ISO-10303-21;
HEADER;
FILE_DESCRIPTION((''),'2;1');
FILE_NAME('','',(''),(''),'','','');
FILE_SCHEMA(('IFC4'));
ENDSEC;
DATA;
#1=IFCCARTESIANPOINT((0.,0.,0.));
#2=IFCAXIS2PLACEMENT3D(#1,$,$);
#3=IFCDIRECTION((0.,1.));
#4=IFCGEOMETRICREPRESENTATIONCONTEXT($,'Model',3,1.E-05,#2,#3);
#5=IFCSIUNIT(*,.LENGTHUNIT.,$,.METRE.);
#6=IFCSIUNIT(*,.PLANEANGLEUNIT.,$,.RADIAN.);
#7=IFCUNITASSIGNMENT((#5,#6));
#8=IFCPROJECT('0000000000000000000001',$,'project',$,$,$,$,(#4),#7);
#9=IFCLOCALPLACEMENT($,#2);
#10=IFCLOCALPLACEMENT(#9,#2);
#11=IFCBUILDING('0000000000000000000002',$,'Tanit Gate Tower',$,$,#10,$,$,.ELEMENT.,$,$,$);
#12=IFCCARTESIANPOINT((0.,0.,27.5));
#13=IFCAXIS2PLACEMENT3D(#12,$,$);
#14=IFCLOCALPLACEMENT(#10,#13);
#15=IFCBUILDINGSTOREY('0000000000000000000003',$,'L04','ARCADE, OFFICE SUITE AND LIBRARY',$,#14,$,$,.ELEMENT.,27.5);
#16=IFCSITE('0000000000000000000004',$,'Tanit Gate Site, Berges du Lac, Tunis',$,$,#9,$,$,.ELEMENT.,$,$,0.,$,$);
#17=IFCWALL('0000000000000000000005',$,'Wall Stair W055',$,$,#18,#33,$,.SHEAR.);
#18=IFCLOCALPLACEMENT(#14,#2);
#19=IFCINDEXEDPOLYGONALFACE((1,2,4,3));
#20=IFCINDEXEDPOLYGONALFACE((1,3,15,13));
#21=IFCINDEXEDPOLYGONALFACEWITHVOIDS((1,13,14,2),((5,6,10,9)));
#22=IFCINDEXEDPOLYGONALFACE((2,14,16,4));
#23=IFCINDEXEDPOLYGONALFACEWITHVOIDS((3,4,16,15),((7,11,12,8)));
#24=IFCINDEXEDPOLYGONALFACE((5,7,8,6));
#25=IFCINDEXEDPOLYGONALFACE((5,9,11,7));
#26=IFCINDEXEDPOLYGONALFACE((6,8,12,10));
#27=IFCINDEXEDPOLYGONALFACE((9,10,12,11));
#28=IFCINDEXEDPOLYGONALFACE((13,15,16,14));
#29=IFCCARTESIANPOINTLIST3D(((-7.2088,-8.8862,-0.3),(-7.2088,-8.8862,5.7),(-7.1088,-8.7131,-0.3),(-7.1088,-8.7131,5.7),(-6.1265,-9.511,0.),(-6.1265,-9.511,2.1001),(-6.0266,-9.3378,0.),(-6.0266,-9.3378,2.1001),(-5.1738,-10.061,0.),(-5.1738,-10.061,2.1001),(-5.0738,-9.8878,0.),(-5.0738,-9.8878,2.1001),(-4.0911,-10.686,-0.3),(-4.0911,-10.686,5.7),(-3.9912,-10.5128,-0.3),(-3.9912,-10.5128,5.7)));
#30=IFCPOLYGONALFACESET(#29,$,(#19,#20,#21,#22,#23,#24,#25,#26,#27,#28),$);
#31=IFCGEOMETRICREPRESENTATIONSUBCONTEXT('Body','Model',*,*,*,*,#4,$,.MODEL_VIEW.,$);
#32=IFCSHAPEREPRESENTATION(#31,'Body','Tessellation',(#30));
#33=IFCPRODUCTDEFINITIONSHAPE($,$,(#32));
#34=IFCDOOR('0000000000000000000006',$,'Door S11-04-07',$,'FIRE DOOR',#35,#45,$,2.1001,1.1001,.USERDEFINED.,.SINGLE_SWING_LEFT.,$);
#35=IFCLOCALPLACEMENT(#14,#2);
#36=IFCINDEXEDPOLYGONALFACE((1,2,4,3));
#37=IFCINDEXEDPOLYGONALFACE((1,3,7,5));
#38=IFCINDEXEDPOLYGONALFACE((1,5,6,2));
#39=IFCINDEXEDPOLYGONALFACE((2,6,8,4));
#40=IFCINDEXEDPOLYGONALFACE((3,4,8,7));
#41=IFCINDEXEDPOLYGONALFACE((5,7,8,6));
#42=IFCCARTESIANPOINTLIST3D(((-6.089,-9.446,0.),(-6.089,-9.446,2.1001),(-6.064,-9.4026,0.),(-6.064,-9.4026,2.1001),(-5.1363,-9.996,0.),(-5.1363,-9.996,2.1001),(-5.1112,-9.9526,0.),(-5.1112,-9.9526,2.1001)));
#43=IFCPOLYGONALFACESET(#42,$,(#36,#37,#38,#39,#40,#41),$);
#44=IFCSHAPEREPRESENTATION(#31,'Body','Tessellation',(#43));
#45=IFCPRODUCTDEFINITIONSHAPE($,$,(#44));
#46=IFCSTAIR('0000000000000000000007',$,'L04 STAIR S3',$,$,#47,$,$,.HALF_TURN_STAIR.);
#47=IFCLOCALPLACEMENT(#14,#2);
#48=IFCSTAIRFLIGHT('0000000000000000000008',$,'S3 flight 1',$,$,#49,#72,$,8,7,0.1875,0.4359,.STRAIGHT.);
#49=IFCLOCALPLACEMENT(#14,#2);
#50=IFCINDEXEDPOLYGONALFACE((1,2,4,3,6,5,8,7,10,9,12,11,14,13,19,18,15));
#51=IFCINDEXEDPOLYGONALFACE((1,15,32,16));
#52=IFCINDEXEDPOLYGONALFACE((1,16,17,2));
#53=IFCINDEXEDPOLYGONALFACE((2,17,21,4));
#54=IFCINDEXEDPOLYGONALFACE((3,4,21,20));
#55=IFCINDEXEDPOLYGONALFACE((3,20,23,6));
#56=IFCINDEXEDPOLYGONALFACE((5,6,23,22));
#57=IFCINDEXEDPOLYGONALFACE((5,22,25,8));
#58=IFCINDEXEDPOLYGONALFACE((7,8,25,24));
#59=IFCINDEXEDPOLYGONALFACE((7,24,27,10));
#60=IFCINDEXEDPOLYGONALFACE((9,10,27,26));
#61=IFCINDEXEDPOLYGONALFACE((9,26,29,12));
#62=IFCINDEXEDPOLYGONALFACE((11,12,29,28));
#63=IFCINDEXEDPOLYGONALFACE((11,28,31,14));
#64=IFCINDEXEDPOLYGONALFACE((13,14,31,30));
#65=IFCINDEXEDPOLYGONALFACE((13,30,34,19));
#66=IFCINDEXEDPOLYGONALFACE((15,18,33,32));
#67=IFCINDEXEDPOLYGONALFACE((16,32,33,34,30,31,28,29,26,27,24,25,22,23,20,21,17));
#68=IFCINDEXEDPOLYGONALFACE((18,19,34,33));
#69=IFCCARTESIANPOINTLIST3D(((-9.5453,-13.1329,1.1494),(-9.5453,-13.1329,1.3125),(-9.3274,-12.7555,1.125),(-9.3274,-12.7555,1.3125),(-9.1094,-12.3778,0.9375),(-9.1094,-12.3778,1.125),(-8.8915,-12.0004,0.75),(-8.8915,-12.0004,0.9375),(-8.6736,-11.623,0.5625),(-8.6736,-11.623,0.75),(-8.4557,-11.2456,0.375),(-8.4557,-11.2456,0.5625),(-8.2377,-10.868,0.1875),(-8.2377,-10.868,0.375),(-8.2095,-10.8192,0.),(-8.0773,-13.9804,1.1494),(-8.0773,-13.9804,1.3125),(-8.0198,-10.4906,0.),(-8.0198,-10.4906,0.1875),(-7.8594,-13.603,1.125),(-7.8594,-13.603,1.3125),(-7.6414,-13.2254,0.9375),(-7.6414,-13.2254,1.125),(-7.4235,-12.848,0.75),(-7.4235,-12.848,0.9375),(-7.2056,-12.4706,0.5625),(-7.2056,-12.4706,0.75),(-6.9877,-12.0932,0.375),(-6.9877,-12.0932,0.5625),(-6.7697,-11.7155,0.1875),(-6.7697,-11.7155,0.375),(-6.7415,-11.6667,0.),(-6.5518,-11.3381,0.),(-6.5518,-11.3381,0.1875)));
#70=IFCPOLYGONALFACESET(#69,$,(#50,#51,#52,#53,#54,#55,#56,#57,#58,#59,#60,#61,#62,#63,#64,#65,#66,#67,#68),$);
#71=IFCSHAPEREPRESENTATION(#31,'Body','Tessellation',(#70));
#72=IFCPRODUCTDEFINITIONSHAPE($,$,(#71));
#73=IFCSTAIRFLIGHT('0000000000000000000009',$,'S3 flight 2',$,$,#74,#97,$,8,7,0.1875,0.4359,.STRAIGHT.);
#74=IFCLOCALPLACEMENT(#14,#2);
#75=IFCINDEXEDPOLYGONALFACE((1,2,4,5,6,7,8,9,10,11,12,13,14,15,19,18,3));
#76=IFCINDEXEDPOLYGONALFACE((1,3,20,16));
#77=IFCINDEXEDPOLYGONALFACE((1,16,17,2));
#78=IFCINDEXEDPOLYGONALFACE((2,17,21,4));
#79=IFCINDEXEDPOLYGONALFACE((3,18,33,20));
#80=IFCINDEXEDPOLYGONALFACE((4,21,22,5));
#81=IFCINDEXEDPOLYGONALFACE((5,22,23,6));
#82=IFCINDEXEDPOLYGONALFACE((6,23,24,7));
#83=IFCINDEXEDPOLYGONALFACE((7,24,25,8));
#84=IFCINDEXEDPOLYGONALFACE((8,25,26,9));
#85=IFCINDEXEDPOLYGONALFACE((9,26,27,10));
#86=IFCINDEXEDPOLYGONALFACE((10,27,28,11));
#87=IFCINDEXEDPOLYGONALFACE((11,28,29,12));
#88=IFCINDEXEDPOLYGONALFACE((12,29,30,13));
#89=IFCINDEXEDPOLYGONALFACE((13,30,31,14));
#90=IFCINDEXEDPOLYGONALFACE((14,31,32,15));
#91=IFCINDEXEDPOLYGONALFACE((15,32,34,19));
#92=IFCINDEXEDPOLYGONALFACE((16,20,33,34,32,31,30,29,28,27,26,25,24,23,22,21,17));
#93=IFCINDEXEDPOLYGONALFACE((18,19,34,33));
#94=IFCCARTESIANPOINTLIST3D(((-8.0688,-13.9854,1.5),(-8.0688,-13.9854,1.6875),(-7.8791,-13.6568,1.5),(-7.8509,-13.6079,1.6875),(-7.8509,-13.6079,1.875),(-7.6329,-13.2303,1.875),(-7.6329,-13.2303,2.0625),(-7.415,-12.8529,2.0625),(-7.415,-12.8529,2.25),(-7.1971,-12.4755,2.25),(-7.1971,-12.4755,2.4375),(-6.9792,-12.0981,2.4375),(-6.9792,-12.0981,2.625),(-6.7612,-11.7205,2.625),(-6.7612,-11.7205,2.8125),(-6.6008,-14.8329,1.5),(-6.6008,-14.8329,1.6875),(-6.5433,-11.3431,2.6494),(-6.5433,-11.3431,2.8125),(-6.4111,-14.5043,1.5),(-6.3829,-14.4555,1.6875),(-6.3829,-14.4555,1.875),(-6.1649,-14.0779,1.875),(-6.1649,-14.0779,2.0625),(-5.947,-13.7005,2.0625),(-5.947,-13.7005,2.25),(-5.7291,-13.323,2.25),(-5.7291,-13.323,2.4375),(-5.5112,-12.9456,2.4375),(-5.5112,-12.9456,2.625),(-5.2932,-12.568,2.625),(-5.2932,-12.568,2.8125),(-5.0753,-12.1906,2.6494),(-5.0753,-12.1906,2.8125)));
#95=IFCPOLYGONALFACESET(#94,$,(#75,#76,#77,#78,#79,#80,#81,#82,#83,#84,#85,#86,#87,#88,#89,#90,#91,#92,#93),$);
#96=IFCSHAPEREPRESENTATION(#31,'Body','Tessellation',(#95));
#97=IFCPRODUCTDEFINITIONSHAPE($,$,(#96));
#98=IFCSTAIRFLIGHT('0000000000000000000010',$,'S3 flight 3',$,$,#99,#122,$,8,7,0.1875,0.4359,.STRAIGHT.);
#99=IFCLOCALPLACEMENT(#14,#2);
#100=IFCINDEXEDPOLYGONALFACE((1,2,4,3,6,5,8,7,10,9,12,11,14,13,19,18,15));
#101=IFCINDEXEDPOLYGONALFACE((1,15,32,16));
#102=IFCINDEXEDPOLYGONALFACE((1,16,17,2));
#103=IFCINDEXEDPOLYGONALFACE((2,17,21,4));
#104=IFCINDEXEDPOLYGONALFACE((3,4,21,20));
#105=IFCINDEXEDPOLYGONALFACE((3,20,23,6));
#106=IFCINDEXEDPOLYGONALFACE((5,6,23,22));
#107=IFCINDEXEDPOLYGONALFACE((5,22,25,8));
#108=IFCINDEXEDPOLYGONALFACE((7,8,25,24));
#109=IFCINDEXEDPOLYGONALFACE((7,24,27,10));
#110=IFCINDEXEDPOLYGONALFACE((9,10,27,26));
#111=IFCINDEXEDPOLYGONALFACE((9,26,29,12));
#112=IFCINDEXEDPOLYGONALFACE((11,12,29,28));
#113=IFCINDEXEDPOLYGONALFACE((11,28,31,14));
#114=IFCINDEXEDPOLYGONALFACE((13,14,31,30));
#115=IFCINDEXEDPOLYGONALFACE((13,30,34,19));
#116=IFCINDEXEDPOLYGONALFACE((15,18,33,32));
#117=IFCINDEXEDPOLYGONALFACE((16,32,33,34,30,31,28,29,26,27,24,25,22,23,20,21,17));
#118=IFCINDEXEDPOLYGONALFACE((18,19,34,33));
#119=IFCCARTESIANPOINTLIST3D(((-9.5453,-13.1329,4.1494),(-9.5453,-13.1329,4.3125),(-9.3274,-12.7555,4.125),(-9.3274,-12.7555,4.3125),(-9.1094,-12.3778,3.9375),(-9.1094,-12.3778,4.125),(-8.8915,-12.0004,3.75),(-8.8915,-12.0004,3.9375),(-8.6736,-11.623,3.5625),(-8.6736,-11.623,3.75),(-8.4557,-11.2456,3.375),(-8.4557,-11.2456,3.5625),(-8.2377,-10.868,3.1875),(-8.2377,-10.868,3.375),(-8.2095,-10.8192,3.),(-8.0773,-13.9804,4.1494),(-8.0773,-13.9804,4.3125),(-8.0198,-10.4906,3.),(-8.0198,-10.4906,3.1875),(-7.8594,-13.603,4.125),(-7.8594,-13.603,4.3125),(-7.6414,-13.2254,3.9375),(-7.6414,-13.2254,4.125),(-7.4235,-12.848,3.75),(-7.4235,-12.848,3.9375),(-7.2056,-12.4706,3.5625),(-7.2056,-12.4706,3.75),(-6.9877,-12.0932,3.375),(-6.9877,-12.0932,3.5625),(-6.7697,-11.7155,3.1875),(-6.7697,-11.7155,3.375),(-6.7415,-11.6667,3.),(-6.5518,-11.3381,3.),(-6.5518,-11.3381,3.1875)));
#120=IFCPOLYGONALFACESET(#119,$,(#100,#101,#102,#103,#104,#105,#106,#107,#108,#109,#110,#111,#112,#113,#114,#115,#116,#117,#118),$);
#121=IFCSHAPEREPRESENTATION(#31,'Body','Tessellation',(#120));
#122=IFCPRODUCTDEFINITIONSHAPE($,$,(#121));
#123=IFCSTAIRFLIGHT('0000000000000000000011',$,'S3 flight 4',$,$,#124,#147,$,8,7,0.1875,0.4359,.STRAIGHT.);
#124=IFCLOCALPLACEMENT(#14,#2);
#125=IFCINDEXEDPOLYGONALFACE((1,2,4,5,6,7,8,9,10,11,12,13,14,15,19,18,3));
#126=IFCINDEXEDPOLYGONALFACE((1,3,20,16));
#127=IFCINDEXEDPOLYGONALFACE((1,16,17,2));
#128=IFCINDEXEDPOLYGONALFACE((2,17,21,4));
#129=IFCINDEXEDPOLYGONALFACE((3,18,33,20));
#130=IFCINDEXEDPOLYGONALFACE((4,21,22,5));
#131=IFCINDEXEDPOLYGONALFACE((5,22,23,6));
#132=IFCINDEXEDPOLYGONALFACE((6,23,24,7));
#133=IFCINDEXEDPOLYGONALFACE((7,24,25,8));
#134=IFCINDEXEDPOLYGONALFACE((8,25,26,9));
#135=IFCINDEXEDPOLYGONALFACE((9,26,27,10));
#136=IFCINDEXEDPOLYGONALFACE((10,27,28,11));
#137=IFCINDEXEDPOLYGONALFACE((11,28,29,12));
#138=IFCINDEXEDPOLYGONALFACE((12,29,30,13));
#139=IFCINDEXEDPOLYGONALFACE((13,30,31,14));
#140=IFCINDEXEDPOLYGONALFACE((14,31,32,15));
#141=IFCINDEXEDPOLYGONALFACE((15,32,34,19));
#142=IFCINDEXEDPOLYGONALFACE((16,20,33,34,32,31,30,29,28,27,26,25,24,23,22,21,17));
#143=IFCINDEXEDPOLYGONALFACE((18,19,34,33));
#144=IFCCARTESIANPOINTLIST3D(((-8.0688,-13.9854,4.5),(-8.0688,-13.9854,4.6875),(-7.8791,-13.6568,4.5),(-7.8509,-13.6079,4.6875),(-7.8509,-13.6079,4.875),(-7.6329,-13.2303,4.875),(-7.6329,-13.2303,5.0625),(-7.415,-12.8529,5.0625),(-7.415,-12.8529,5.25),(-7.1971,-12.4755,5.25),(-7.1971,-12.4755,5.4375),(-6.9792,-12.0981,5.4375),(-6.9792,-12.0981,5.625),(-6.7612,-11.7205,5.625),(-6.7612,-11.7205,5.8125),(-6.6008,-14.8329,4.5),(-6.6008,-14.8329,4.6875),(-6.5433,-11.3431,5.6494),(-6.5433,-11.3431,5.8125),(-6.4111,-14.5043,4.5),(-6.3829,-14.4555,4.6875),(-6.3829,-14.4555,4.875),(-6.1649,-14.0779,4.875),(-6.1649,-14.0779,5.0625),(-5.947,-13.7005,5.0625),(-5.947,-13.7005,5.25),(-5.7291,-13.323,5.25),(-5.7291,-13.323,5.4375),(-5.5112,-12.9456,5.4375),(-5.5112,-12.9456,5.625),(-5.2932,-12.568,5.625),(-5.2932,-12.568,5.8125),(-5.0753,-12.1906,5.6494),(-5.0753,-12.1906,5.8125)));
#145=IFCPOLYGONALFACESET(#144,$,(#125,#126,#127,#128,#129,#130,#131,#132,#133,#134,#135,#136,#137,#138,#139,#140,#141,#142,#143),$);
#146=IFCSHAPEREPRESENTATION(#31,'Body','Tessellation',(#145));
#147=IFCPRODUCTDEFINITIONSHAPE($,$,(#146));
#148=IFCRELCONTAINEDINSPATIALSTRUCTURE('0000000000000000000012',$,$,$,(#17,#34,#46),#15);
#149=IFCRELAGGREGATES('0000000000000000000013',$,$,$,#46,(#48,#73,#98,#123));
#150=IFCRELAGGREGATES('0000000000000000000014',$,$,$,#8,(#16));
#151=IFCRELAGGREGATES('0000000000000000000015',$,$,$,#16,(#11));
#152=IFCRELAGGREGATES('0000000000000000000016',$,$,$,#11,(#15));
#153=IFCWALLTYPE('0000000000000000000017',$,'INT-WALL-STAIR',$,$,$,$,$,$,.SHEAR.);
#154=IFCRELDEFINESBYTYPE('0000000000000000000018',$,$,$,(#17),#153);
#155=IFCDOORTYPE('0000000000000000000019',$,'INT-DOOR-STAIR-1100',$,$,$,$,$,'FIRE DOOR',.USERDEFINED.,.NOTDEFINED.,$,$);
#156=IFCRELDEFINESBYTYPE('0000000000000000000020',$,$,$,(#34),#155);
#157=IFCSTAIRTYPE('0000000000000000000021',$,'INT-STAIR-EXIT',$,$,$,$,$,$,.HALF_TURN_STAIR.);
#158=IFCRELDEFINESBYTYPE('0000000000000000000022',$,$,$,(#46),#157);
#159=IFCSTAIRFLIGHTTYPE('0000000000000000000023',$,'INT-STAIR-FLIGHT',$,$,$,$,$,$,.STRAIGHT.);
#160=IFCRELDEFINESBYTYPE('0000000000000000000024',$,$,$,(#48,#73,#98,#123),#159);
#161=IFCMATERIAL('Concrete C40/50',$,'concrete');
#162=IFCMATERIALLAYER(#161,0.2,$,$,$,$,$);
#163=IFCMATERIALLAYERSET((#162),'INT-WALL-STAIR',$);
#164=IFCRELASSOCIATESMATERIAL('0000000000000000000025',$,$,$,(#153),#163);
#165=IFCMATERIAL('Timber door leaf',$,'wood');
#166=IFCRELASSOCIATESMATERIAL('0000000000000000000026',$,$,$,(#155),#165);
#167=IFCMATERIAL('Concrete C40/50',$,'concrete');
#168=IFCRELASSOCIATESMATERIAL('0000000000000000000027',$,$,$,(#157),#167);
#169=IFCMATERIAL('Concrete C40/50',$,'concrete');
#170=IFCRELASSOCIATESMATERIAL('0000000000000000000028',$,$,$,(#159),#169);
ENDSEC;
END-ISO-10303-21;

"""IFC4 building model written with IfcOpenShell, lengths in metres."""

from ifc_helpers import new_model, si_unit, direction, frame, frame_2d, origin, place, context, subcontext, project, spatial, polyline, rectangle, outline, extrude, material, layer, layer_set, type_object, element, fill, aggregate, save


model = new_model("IFC4")

# Units and contexts
model_context = context("Model", 3, precision=1e-05, world=origin(), true_north=direction((0.0, 1.0)))
body_context = subcontext(model_context, "Body", "Model", "MODEL_VIEW")
ifc_project = project(units=[si_unit("LENGTHUNIT", "METRE"), si_unit("PLANEANGLEUNIT", "RADIAN")], contexts=[model_context])

# Site, building, storey
site_placement = place(None, origin())
site = spatial("IfcSite", under=ifc_project, at=site_placement, Name="Tanit Gate Site, Berges du Lac, Tunis", CompositionType="ELEMENT", RefElevation=0.0)
building_placement = place(site_placement, origin())
building = spatial("IfcBuilding", under=site, at=building_placement, Name="Tanit Gate Tower", CompositionType="ELEMENT")
storey_placement = place(building_placement, frame((0.0, 0.0, 27.5)))
storey = spatial("IfcBuildingStorey", under=building, at=storey_placement, Name="L04", Description="ARCADE, OFFICE SUITE AND LIBRARY", CompositionType="ELEMENT", Elevation=27.5)

# Shared definitions
ifc_material_1 = material(Name="Concrete C40/50", Category="concrete")
ifc_layer_1 = layer(ifc_material_1, 0.2)
ifc_layer_set_1 = layer_set([ifc_layer_1], Name="INT-WALL-STAIR")
wall_type_1 = type_object("IfcWallType", Name="INT-WALL-STAIR", PredefinedType="SHEAR", material=ifc_layer_set_1)

# Wall, opening, door
wall_1_placement = place(storey_placement, frame((-4.0413, -10.5994, -0.3), z_axis=(0.0, 0.0, 1.0), x_axis=(-0.866048, 0.499961, 0.0)))
wall_1 = element("IfcWall", 1, at=wall_1_placement, inside=storey, type_object=wall_type_1, Name="Wall Stair W055", PredefinedType="SHEAR", context=body_context, shape_type="SweptSolid", body=[
    extrude(rectangle(XDim=3.5999, YDim=0.2, at=frame_2d((1.7998, 0.0))), origin(), (0.0, 0.0, 1.0), 6.0),
])
opening_1_placement = place(wall_1_placement, frame((1.25, 0.0, 0.3)))
opening_1 = element("IfcOpeningElement", 2, at=opening_1_placement, cuts=wall_1, PredefinedType="OPENING", context=body_context, shape_type="SweptSolid", body=[
    extrude(rectangle(XDim=1.1001, YDim=2.1001, at=frame_2d((0.55, 1.05))), frame((0.0, 0.1099, 0.0), z_axis=(0.0, -1.0, 0.0), x_axis=(1.0, 0.0, 0.0)), (0.0, 0.0, 1.0), 0.22),
])
ifc_material_2 = material(Name="Timber door leaf", Category="wood")
door_type_1 = type_object("IfcDoorType", Name="INT-DOOR-STAIR-1100", ElementType="FIRE DOOR", OperationType="NOTDEFINED", PredefinedType="USERDEFINED", material=ifc_material_2)
door_1_placement = place(opening_1_placement, origin())
door_1 = element("IfcDoor", 3, at=door_1_placement, inside=storey, type_object=door_type_1, Name="Door S11-04-07", ObjectType="FIRE DOOR", OperationType="SINGLE_SWING_LEFT", OverallHeight=2.1001, OverallWidth=1.1001, PredefinedType="USERDEFINED", context=body_context, shape_type="SweptSolid", body=[
    extrude(rectangle(XDim=1.1001, YDim=2.1001, at=frame_2d((0.55, 1.05))), frame((0.0, 0.0249, 0.0), z_axis=(0.0, -1.0, 0.0), x_axis=(1.0, 0.0, 0.0)), (0.0, 0.0, 1.0), 0.05),
])
fill(opening_1, door_1)

# Stair, stair flights
ifc_material_3 = material(Name="Concrete C40/50", Category="concrete")
stair_type = type_object("IfcStairType", Name="INT-STAIR-EXIT", PredefinedType="HALF_TURN_STAIR", material=ifc_material_3)
stair_placement = place(storey_placement, origin())
stair = element("IfcStair", 4, at=stair_placement, inside=storey, type_object=stair_type, Name="L04 STAIR S3", PredefinedType="HALF_TURN_STAIR")
ifc_material_4 = material(Name="Concrete C40/50", Category="concrete")
stair_flight_type = type_object("IfcStairFlightType", Name="INT-STAIR-FLIGHT", PredefinedType="STRAIGHT", material=ifc_material_4)
stair_flight_1_placement = place(storey_placement, frame((-7.2859, -10.9143, 0.0), z_axis=(0.0, 0.0, 1.0), x_axis=(-0.5, -0.866025, 0.0)))
stair_flight_1 = element("IfcStairFlight", 5, at=stair_flight_1_placement, type_object=stair_flight_type, Name="S3 flight 1", NumberOfRisers=8, NumberOfTreads=7, PredefinedType="STRAIGHT", RiserHeight=0.1875, TreadLength=0.4359, context=body_context, shape_type="SweptSolid", body=[
    extrude(outline(polyline([(0.0, 0.0), (0.0, 0.1875), (0.4358, 0.1875), (0.4358, 0.375), (0.8718, 0.375), (0.8718, 0.5625), (1.3076, 0.5625), (1.3076, 0.75), (1.7434, 0.75), (1.7434, 0.9375), (2.1792, 0.9375), (2.1792, 1.125), (2.6152, 1.125), (2.6152, 1.3125), (3.051, 1.3125), (3.051, 1.5), (3.051, 1.1494), (0.3794, 0.0), (0.0, 0.0)])), frame((0.0, 0.8477, 0.0), z_axis=(0.0, -1.0, 0.0), x_axis=(1.0, 0.0, 0.0)), (0.0, 0.0, 1.0), 1.6951),
])
stair_flight_2_placement = place(storey_placement, frame((-7.3347, -14.4092, 1.5), z_axis=(0.0, 0.0, 1.0), x_axis=(0.5, 0.866025, 0.0)))
stair_flight_2 = element("IfcStairFlight", 6, at=stair_flight_2_placement, type_object=stair_flight_type, Name="S3 flight 2", NumberOfRisers=8, NumberOfTreads=7, PredefinedType="STRAIGHT", RiserHeight=0.1875, TreadLength=0.4359, context=body_context, shape_type="SweptSolid", body=[
    extrude(outline(polyline([(0.0, 0.0), (0.0, 0.1875), (0.4358, 0.1875), (0.4358, 0.375), (0.8718, 0.375), (0.8718, 0.5625), (1.3076, 0.5625), (1.3076, 0.75), (1.7434, 0.75), (1.7434, 0.9375), (2.1792, 0.9375), (2.1792, 1.125), (2.6152, 1.125), (2.6152, 1.3125), (3.051, 1.3125), (3.051, 1.5), (3.051, 1.1494), (0.3794, 0.0), (0.0, 0.0)])), frame((0.0, 0.8477, 0.0), z_axis=(0.0, -1.0, 0.0), x_axis=(1.0, 0.0, 0.0)), (0.0, 0.0, 1.0), 1.6951),
])
stair_flight_3_placement = place(storey_placement, frame((-7.2859, -10.9143, 3.0), z_axis=(0.0, 0.0, 1.0), x_axis=(-0.5, -0.866025, 0.0)))
stair_flight_3 = element("IfcStairFlight", 7, at=stair_flight_3_placement, type_object=stair_flight_type, Name="S3 flight 3", NumberOfRisers=8, NumberOfTreads=7, PredefinedType="STRAIGHT", RiserHeight=0.1875, TreadLength=0.4359, context=body_context, shape_type="SweptSolid", body=[
    extrude(outline(polyline([(0.0, 0.0), (0.0, 0.1875), (0.4358, 0.1875), (0.4358, 0.375), (0.8718, 0.375), (0.8718, 0.5625), (1.3076, 0.5625), (1.3076, 0.75), (1.7434, 0.75), (1.7434, 0.9375), (2.1792, 0.9375), (2.1792, 1.125), (2.6152, 1.125), (2.6152, 1.3125), (3.051, 1.3125), (3.051, 1.5), (3.051, 1.1494), (0.3794, 0.0), (0.0, 0.0)])), frame((0.0, 0.8477, 0.0), z_axis=(0.0, -1.0, 0.0), x_axis=(1.0, 0.0, 0.0)), (0.0, 0.0, 1.0), 1.6951),
])
stair_flight_4_placement = place(storey_placement, frame((-7.3347, -14.4092, 4.5), z_axis=(0.0, 0.0, 1.0), x_axis=(0.5, 0.866025, 0.0)))
stair_flight_4 = element("IfcStairFlight", 8, at=stair_flight_4_placement, type_object=stair_flight_type, Name="S3 flight 4", NumberOfRisers=8, NumberOfTreads=7, PredefinedType="STRAIGHT", RiserHeight=0.1875, TreadLength=0.4359, context=body_context, shape_type="SweptSolid", body=[
    extrude(outline(polyline([(0.0, 0.0), (0.0, 0.1875), (0.4358, 0.1875), (0.4358, 0.375), (0.8718, 0.375), (0.8718, 0.5625), (1.3076, 0.5625), (1.3076, 0.75), (1.7434, 0.75), (1.7434, 0.9375), (2.1792, 0.9375), (2.1792, 1.125), (2.6152, 1.125), (2.6152, 1.3125), (3.051, 1.3125), (3.051, 1.5), (3.051, 1.1494), (0.3794, 0.0), (0.0, 0.0)])), frame((0.0, 0.8477, 0.0), z_axis=(0.0, -1.0, 0.0), x_axis=(1.0, 0.0, 0.0)), (0.0, 0.0, 1.0), 1.6951),
])
aggregate(stair, [stair_flight_1, stair_flight_2, stair_flight_3, stair_flight_4])

save(model, "model.ifc")
